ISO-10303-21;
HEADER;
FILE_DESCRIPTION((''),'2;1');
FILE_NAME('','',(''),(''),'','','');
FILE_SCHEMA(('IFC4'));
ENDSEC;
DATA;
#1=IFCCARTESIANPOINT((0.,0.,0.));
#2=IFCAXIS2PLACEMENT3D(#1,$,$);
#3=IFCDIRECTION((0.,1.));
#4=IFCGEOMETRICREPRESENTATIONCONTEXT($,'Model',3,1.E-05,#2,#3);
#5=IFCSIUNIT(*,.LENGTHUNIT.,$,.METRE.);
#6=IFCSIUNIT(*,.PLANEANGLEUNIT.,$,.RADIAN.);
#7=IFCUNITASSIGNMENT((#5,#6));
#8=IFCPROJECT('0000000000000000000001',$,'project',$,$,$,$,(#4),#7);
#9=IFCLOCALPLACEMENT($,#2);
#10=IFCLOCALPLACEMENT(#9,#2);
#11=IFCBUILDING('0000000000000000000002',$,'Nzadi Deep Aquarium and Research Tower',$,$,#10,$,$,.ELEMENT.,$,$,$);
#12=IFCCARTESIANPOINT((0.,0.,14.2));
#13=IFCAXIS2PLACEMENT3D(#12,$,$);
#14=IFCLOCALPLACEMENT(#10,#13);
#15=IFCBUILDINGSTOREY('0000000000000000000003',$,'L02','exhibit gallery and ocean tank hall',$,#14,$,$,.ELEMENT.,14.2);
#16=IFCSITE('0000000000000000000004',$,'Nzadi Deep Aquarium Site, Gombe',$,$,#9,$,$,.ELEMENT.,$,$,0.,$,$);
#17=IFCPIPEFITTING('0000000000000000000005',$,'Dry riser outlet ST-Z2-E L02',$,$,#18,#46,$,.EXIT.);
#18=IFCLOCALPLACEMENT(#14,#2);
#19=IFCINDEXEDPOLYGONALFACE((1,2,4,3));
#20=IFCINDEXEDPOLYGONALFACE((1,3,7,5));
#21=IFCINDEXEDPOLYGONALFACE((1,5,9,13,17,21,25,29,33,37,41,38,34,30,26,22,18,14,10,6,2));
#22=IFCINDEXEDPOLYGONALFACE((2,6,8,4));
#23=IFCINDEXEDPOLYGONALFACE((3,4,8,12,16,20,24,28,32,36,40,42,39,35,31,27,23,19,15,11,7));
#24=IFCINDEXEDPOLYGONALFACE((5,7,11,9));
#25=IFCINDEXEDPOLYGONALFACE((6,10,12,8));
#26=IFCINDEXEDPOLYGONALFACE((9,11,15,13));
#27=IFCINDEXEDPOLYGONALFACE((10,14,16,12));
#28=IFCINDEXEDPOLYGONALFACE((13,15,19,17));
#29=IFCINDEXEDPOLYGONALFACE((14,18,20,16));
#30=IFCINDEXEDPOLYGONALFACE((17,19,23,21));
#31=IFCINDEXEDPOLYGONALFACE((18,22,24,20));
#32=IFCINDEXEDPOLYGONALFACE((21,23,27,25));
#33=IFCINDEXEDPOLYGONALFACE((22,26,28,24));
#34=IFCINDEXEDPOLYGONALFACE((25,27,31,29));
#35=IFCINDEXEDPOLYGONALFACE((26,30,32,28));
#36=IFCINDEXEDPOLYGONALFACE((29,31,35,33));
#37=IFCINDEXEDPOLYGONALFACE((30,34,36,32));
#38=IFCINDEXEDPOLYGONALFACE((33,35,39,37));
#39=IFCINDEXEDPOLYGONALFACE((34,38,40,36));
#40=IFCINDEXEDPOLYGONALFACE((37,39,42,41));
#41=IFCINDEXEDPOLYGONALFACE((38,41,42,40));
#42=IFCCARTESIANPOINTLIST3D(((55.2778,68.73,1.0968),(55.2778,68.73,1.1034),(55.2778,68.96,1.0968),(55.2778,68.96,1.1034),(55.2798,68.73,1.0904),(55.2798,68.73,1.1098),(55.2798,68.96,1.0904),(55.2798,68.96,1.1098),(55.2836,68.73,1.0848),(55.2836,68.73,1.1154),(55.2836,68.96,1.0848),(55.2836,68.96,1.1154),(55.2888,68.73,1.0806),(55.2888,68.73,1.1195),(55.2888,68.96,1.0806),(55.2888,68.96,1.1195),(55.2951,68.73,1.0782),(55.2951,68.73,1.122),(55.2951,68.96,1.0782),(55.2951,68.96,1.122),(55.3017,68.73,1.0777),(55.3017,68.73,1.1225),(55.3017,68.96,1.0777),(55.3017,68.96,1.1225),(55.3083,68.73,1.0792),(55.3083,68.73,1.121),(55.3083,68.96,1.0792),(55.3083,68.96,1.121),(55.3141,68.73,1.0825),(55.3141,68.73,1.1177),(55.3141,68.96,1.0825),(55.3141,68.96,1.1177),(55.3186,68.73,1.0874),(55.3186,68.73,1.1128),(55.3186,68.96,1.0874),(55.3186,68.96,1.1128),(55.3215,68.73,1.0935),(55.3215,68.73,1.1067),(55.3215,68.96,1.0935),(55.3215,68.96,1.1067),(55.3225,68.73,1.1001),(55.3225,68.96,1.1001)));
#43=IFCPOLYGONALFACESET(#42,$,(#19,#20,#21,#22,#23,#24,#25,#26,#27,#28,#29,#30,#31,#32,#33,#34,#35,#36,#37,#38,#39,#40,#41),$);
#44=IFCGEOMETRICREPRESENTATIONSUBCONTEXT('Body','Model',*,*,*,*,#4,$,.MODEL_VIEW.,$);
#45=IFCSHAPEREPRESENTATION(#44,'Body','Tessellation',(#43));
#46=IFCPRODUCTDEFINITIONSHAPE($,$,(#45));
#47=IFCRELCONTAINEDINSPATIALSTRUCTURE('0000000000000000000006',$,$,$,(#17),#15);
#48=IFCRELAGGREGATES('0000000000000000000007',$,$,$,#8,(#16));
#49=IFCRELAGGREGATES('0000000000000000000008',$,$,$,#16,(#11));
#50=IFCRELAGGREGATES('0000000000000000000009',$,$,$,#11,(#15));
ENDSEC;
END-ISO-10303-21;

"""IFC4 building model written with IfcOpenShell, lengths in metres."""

from ifc_helpers import new_model, si_unit, direction, frame, origin, origin_2d, place, context, subcontext, project, spatial, circle, extrude, element, save


model = new_model("IFC4")

# Units and contexts
model_context = context("Model", 3, precision=1e-05, world=origin(), true_north=direction((0.0, 1.0)))
body_context = subcontext(model_context, "Body", "Model", "MODEL_VIEW")
ifc_project = project(units=[si_unit("LENGTHUNIT", "METRE"), si_unit("PLANEANGLEUNIT", "RADIAN")], contexts=[model_context])

# Site, building, storey
site_placement = place(None, origin())
site = spatial("IfcSite", under=ifc_project, at=site_placement, Name="Nzadi Deep Aquarium Site, Gombe", CompositionType="ELEMENT", RefElevation=0.0)
building_placement = place(site_placement, origin())
building = spatial("IfcBuilding", under=site, at=building_placement, Name="Nzadi Deep Aquarium and Research Tower", CompositionType="ELEMENT")
storey_placement = place(building_placement, frame((0.0, 0.0, 14.2)))
storey = spatial("IfcBuildingStorey", under=building, at=storey_placement, Name="L02", Description="exhibit gallery and ocean tank hall", CompositionType="ELEMENT", Elevation=14.2)

# Pipe fitting
pipe_fitting_placement = place(storey_placement, frame((55.3, 68.96, 1.1001), z_axis=(0.0, -1.0, 0.0), x_axis=(1.0, 0.0, 0.0)))
element("IfcPipeFitting", 1, at=pipe_fitting_placement, inside=storey, Name="Dry riser outlet ST-Z2-E L02", PredefinedType="EXIT", context=body_context, shape_type="SweptSolid", body=[
    extrude(circle(Radius=0.0225, at=origin_2d()), origin(), (0.0, 0.0, 1.0), 0.23),
])

save(model, "model.ifc")
